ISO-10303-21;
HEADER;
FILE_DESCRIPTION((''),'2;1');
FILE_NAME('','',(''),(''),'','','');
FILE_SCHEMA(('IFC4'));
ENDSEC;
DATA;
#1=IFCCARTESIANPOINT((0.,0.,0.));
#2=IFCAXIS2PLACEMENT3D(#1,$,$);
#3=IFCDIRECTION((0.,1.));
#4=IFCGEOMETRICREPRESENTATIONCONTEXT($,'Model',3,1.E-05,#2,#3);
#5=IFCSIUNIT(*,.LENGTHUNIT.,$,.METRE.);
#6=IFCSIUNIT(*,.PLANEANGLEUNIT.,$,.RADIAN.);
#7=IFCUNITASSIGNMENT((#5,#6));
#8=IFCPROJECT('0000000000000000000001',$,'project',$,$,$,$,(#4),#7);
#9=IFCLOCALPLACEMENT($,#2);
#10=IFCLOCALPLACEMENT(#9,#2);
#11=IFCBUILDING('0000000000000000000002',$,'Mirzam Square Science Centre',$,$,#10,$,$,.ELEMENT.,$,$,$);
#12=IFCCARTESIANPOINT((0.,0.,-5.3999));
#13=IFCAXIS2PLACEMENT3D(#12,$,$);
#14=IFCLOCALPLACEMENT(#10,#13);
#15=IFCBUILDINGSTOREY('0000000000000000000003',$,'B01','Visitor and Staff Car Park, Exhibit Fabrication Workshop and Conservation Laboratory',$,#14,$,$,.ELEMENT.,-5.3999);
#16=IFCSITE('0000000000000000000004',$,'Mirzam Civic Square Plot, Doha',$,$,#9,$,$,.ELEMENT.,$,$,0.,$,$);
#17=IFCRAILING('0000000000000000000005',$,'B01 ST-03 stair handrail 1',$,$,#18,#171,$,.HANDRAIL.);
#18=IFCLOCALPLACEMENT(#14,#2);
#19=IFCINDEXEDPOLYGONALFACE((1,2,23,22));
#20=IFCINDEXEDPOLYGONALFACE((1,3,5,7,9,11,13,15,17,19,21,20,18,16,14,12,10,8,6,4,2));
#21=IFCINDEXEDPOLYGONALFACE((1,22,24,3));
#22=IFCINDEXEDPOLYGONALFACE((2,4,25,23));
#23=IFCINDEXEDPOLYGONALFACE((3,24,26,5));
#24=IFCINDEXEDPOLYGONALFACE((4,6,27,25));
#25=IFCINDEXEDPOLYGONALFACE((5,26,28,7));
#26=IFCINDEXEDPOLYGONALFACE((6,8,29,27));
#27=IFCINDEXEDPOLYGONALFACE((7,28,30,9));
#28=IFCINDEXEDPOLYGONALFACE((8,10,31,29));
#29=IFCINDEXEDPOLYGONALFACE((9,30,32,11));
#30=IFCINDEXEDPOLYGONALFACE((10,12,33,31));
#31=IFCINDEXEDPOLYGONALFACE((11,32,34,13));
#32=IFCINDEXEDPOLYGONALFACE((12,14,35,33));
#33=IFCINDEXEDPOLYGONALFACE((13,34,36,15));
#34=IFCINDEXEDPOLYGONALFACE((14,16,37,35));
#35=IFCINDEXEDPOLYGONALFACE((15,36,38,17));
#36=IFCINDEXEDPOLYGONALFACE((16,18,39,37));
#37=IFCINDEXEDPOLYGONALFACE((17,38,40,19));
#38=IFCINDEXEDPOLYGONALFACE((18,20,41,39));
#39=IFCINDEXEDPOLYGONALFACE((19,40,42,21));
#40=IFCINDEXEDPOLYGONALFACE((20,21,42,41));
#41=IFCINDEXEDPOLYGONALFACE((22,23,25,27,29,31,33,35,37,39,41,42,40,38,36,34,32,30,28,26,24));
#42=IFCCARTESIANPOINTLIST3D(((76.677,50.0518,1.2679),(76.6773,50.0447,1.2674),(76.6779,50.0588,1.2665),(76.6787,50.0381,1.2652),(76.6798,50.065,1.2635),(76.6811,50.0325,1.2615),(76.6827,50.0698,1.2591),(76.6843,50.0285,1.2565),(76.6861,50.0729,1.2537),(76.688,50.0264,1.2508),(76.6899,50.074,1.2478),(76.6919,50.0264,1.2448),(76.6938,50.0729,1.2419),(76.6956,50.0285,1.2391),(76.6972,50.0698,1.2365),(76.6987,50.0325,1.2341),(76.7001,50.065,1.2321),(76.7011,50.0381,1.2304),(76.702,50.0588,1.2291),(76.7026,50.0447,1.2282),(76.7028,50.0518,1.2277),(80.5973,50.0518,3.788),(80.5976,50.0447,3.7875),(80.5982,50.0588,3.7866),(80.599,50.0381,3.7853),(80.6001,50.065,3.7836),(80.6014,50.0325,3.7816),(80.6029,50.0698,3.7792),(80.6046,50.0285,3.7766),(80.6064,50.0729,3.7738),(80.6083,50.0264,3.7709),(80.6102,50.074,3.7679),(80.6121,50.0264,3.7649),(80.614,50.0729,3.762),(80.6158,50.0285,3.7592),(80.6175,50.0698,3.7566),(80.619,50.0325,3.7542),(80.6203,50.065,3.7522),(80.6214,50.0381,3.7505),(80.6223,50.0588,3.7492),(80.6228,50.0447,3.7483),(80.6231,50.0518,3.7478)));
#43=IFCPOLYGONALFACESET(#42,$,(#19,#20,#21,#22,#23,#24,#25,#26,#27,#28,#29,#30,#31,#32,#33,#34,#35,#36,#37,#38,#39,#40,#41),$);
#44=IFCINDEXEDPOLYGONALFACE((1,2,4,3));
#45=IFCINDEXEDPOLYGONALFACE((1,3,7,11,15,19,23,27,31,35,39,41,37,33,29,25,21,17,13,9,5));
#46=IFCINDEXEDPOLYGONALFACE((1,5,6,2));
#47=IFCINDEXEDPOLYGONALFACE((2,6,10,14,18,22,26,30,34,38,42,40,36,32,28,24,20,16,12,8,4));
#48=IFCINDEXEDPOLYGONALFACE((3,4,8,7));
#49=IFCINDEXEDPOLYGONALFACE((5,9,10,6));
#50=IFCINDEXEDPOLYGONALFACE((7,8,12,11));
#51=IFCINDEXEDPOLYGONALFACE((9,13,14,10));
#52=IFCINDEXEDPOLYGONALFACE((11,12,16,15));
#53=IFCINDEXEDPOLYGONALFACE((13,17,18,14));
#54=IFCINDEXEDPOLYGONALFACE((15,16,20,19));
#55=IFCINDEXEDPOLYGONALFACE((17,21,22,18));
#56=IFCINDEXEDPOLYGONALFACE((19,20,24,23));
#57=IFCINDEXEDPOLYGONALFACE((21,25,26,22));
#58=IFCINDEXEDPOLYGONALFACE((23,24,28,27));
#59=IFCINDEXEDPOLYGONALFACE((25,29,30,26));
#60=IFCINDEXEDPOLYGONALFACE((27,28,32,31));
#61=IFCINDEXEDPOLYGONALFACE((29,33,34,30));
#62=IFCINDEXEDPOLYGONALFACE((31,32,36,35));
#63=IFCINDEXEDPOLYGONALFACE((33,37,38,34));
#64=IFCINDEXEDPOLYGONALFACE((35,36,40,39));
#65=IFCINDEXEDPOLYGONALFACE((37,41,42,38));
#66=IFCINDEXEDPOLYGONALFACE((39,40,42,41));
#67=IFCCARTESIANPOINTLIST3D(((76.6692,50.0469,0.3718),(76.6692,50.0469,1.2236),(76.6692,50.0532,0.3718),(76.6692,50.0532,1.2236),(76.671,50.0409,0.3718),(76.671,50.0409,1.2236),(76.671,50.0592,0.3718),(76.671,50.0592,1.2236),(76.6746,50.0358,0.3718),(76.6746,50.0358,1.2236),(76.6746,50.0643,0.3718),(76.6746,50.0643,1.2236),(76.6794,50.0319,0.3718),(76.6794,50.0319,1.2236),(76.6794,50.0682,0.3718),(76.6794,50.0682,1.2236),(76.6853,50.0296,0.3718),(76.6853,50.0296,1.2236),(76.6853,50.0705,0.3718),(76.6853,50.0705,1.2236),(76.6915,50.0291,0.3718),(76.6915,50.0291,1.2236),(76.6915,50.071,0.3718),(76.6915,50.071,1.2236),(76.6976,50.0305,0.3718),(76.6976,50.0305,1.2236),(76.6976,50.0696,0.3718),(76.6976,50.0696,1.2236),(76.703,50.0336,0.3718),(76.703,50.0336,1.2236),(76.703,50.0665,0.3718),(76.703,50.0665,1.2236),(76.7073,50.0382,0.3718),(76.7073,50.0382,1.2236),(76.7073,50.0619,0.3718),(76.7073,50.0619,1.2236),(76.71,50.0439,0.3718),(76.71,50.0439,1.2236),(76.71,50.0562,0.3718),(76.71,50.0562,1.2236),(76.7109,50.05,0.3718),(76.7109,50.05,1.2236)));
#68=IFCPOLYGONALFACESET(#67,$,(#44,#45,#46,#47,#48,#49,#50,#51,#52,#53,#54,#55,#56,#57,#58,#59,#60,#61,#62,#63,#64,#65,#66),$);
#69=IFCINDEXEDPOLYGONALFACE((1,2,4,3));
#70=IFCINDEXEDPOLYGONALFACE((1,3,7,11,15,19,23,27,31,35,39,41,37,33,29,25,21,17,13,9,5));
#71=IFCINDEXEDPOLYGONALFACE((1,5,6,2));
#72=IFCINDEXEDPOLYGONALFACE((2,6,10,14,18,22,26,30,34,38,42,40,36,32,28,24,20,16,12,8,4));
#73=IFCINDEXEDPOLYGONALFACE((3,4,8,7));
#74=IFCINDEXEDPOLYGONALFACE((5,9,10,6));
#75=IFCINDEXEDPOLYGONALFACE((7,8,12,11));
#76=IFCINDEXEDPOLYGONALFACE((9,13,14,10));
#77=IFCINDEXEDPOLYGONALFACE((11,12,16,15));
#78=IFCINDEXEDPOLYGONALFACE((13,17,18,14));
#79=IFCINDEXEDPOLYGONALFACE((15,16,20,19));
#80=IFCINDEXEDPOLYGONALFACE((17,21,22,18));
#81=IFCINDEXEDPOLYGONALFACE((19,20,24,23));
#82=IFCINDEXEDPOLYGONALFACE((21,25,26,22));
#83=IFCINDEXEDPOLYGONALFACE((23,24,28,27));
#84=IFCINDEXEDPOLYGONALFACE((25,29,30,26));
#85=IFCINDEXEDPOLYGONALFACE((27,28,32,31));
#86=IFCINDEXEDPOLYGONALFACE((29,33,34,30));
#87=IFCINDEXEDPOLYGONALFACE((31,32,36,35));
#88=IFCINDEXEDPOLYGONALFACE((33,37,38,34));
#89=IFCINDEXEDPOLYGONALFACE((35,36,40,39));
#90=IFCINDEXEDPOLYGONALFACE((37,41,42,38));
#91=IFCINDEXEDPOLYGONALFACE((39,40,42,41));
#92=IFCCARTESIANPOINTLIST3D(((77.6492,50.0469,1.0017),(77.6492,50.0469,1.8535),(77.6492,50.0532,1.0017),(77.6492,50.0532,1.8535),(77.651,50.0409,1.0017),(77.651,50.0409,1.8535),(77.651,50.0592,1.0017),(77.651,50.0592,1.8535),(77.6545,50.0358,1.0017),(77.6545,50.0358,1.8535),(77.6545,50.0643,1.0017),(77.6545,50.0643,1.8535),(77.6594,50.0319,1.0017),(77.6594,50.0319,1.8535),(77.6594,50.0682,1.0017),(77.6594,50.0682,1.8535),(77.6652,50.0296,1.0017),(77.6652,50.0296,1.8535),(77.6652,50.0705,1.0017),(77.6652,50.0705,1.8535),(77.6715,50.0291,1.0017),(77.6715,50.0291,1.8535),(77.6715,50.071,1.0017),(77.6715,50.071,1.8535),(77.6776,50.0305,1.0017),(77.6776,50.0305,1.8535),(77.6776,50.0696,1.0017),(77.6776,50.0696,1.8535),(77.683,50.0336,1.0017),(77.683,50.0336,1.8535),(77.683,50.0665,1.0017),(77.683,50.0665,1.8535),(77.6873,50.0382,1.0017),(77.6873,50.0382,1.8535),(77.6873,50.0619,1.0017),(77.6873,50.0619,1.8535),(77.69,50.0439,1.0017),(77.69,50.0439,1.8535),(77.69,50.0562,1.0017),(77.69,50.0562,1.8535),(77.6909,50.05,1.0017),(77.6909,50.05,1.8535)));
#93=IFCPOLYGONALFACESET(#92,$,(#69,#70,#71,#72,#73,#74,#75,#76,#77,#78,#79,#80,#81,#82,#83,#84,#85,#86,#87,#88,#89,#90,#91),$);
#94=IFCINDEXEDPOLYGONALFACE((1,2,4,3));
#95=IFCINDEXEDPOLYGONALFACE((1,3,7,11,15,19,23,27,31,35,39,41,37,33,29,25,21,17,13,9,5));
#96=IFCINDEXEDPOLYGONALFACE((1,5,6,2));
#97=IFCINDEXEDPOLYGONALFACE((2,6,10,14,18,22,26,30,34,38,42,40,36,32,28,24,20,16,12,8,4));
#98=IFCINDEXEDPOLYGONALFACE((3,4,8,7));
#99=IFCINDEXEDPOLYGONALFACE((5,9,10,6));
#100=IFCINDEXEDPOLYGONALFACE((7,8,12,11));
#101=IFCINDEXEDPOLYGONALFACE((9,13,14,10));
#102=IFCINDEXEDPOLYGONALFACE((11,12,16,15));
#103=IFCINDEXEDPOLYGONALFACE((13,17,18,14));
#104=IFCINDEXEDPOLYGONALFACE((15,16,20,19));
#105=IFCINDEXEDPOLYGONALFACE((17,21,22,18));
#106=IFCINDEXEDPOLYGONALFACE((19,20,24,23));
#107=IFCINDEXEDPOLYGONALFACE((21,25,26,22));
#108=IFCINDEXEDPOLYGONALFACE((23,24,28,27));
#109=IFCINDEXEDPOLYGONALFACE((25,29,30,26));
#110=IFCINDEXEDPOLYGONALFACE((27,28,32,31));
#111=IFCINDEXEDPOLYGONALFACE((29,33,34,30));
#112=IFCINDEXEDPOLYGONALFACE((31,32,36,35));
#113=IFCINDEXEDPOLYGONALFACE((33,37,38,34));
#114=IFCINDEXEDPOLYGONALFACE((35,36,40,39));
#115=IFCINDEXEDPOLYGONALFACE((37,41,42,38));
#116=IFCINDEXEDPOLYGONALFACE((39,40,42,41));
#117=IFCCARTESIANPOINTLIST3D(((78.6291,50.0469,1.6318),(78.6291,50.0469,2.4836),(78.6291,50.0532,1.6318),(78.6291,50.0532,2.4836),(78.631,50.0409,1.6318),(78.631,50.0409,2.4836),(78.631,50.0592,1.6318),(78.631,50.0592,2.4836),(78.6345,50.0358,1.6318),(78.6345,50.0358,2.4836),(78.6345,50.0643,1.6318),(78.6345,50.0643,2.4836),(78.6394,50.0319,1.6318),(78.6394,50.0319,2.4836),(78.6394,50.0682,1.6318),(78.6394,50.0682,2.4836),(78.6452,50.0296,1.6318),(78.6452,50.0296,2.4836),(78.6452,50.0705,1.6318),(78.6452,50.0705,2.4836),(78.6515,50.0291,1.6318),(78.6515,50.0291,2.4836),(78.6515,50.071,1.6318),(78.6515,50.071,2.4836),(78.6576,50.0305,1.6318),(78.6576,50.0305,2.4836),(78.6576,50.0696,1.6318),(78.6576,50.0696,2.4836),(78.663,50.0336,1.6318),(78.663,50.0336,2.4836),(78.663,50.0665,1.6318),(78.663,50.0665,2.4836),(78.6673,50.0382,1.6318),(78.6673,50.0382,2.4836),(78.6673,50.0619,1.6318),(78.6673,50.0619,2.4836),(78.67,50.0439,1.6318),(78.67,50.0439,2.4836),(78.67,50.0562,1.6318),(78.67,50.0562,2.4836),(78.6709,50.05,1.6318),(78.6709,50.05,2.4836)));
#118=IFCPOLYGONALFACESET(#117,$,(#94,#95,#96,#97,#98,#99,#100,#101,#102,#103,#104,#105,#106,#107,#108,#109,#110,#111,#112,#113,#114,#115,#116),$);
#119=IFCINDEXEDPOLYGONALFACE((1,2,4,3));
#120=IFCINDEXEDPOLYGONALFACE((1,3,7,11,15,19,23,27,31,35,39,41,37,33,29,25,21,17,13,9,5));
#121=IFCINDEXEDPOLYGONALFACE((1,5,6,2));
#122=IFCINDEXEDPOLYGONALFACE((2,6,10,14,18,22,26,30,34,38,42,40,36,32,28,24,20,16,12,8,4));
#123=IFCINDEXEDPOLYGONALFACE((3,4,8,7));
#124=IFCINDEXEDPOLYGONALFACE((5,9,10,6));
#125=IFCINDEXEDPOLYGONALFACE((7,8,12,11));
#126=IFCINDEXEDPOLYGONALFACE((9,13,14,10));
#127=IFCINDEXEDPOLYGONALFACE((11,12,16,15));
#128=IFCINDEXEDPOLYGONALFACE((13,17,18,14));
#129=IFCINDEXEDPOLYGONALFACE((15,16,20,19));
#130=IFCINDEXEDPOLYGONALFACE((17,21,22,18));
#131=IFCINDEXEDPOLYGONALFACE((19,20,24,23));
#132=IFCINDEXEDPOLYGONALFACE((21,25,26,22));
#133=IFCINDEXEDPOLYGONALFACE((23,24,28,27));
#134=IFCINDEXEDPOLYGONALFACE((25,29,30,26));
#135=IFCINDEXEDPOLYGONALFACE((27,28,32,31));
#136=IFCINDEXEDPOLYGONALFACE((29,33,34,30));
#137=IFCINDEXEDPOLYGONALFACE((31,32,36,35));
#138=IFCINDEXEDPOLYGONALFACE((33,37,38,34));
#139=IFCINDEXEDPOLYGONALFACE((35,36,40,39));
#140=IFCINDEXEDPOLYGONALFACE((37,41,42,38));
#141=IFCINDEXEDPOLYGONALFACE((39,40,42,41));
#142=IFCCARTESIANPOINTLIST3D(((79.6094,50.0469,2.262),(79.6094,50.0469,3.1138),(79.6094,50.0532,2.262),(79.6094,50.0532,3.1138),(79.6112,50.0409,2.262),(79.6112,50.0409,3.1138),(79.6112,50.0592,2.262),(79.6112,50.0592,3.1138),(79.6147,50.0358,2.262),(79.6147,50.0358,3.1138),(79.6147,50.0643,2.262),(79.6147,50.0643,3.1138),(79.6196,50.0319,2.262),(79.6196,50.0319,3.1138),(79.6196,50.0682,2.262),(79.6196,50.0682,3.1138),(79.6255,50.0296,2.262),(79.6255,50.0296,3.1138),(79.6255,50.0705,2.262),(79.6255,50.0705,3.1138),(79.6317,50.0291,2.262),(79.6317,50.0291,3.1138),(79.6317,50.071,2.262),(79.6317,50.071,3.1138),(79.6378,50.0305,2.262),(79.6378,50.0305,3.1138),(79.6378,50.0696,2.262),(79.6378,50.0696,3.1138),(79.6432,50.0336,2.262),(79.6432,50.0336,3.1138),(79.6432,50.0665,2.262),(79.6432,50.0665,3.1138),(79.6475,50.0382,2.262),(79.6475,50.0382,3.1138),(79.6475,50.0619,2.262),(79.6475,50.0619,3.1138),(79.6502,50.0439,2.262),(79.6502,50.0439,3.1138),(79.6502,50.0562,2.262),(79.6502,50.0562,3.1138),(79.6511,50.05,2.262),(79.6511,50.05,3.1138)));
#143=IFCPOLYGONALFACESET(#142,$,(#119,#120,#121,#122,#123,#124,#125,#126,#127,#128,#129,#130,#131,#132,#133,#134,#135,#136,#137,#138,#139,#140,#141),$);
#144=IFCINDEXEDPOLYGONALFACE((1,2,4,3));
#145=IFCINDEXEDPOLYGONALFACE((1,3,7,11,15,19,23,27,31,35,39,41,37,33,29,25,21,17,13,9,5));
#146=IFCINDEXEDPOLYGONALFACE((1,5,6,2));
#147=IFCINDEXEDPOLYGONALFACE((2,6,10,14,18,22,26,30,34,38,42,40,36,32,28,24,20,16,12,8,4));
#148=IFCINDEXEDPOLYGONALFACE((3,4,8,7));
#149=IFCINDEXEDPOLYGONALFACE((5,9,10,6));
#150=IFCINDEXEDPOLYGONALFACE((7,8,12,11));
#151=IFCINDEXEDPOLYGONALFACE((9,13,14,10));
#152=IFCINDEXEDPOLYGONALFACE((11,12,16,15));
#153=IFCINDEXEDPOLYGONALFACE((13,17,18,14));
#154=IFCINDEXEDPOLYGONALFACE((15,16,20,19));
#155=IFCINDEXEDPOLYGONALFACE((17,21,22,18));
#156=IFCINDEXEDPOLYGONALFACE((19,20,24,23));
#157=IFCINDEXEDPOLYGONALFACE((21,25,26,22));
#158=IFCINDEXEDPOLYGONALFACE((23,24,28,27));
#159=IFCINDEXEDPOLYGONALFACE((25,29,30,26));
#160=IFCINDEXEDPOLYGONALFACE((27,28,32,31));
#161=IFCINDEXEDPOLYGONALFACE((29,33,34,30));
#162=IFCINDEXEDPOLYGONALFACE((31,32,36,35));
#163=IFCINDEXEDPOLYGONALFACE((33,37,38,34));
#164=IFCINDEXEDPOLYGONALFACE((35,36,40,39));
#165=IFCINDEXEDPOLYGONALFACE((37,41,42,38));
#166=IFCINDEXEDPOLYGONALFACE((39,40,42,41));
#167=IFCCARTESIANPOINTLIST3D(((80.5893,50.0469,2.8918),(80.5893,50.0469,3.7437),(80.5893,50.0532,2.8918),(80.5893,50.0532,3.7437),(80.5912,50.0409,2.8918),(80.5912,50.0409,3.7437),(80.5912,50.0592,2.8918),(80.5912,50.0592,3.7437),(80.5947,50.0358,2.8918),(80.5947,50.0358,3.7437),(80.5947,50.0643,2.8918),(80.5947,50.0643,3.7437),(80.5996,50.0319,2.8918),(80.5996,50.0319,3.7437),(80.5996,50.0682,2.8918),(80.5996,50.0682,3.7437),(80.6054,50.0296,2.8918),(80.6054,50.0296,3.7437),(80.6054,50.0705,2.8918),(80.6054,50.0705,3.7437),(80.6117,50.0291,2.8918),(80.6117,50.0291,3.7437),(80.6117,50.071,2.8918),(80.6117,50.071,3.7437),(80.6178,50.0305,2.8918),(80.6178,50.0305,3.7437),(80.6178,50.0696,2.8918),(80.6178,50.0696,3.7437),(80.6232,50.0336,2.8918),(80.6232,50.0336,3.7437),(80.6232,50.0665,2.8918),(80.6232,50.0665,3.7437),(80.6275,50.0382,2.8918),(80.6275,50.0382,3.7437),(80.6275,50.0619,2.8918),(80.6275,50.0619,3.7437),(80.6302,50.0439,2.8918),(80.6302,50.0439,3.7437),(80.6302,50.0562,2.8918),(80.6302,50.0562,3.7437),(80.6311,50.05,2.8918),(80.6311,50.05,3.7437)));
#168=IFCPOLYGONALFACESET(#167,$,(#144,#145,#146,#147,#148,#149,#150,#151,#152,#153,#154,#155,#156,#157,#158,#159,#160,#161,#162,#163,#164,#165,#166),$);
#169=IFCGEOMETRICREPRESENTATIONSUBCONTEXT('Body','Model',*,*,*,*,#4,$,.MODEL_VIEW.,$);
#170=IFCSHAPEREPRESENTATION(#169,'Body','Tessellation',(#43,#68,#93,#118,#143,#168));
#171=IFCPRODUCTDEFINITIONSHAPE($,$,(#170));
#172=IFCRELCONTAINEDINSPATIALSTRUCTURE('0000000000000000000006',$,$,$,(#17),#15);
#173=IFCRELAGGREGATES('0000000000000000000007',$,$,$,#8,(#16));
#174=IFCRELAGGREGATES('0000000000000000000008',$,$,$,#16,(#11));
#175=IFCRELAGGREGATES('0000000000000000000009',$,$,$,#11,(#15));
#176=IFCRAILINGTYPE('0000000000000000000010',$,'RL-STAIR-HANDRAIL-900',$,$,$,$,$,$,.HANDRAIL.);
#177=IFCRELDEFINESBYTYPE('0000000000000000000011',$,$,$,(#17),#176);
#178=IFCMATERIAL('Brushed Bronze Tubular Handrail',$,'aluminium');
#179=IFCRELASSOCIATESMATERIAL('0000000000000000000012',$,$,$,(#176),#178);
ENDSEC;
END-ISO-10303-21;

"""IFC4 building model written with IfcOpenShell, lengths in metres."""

from ifc_helpers import new_model, si_unit, direction, frame, origin, origin_2d, place, context, subcontext, project, spatial, circle, extrude, material, type_object, element, save


model = new_model("IFC4")

# Units and contexts
model_context = context("Model", 3, precision=1e-05, world=origin(), true_north=direction((0.0, 1.0)))
body_context = subcontext(model_context, "Body", "Model", "MODEL_VIEW")
ifc_project = project(units=[si_unit("LENGTHUNIT", "METRE"), si_unit("PLANEANGLEUNIT", "RADIAN")], contexts=[model_context])

# Site, building, storey
site_placement = place(None, origin())
site = spatial("IfcSite", under=ifc_project, at=site_placement, Name="Mirzam Civic Square Plot, Doha", CompositionType="ELEMENT", RefElevation=0.0)
building_placement = place(site_placement, origin())
building = spatial("IfcBuilding", under=site, at=building_placement, Name="Mirzam Square Science Centre", CompositionType="ELEMENT")
storey_placement = place(building_placement, frame((0.0, 0.0, -5.3999)))
storey = spatial("IfcBuildingStorey", under=building, at=storey_placement, Name="B01", Description="Visitor and Staff Car Park, Exhibit Fabrication Workshop and Conservation Laboratory", CompositionType="ELEMENT", Elevation=-5.3999)

# Railing
ifc_material_1 = material(Name="Brushed Bronze Tubular Handrail", Category="aluminium")
railing_type_1 = type_object("IfcRailingType", Name="RL-STAIR-HANDRAIL-900", PredefinedType="HANDRAIL", material=ifc_material_1)
railing_1_placement = place(storey_placement, frame((76.6899, 50.05, 0.3718)))
element("IfcRailing", 1, at=railing_1_placement, inside=storey, type_object=railing_type_1, Name="B01 ST-03 stair handrail 1", PredefinedType="HANDRAIL", context=body_context, shape_type="SweptSolid", body=[
    extrude(circle(Radius=0.0239, at=origin_2d()), frame((0.0, 0.0, 0.876), z_axis=(0.841187, 0.0, 0.540744), x_axis=(0.0, 1.0, 0.0)), (0.0, 0.0, 1.0), 4.6604),
    extrude(circle(Radius=0.021, at=origin_2d()), origin(), (0.0, 0.0, 1.0), 0.8518),
    extrude(circle(Radius=0.021, at=origin_2d()), frame((0.98, 0.0, 0.6299)), (0.0, 0.0, 1.0), 0.8518),
    extrude(circle(Radius=0.021, at=origin_2d()), frame((1.96, 0.0, 1.26)), (0.0, 0.0, 1.0), 0.8518),
    extrude(circle(Radius=0.021, at=origin_2d()), frame((2.9402, 0.0, 1.8901)), (0.0, 0.0, 1.0), 0.8518),
    extrude(circle(Radius=0.021, at=origin_2d()), frame((3.9202, 0.0, 2.52)), (0.0, 0.0, 1.0), 0.8518),
])

save(model, "model.ifc")
